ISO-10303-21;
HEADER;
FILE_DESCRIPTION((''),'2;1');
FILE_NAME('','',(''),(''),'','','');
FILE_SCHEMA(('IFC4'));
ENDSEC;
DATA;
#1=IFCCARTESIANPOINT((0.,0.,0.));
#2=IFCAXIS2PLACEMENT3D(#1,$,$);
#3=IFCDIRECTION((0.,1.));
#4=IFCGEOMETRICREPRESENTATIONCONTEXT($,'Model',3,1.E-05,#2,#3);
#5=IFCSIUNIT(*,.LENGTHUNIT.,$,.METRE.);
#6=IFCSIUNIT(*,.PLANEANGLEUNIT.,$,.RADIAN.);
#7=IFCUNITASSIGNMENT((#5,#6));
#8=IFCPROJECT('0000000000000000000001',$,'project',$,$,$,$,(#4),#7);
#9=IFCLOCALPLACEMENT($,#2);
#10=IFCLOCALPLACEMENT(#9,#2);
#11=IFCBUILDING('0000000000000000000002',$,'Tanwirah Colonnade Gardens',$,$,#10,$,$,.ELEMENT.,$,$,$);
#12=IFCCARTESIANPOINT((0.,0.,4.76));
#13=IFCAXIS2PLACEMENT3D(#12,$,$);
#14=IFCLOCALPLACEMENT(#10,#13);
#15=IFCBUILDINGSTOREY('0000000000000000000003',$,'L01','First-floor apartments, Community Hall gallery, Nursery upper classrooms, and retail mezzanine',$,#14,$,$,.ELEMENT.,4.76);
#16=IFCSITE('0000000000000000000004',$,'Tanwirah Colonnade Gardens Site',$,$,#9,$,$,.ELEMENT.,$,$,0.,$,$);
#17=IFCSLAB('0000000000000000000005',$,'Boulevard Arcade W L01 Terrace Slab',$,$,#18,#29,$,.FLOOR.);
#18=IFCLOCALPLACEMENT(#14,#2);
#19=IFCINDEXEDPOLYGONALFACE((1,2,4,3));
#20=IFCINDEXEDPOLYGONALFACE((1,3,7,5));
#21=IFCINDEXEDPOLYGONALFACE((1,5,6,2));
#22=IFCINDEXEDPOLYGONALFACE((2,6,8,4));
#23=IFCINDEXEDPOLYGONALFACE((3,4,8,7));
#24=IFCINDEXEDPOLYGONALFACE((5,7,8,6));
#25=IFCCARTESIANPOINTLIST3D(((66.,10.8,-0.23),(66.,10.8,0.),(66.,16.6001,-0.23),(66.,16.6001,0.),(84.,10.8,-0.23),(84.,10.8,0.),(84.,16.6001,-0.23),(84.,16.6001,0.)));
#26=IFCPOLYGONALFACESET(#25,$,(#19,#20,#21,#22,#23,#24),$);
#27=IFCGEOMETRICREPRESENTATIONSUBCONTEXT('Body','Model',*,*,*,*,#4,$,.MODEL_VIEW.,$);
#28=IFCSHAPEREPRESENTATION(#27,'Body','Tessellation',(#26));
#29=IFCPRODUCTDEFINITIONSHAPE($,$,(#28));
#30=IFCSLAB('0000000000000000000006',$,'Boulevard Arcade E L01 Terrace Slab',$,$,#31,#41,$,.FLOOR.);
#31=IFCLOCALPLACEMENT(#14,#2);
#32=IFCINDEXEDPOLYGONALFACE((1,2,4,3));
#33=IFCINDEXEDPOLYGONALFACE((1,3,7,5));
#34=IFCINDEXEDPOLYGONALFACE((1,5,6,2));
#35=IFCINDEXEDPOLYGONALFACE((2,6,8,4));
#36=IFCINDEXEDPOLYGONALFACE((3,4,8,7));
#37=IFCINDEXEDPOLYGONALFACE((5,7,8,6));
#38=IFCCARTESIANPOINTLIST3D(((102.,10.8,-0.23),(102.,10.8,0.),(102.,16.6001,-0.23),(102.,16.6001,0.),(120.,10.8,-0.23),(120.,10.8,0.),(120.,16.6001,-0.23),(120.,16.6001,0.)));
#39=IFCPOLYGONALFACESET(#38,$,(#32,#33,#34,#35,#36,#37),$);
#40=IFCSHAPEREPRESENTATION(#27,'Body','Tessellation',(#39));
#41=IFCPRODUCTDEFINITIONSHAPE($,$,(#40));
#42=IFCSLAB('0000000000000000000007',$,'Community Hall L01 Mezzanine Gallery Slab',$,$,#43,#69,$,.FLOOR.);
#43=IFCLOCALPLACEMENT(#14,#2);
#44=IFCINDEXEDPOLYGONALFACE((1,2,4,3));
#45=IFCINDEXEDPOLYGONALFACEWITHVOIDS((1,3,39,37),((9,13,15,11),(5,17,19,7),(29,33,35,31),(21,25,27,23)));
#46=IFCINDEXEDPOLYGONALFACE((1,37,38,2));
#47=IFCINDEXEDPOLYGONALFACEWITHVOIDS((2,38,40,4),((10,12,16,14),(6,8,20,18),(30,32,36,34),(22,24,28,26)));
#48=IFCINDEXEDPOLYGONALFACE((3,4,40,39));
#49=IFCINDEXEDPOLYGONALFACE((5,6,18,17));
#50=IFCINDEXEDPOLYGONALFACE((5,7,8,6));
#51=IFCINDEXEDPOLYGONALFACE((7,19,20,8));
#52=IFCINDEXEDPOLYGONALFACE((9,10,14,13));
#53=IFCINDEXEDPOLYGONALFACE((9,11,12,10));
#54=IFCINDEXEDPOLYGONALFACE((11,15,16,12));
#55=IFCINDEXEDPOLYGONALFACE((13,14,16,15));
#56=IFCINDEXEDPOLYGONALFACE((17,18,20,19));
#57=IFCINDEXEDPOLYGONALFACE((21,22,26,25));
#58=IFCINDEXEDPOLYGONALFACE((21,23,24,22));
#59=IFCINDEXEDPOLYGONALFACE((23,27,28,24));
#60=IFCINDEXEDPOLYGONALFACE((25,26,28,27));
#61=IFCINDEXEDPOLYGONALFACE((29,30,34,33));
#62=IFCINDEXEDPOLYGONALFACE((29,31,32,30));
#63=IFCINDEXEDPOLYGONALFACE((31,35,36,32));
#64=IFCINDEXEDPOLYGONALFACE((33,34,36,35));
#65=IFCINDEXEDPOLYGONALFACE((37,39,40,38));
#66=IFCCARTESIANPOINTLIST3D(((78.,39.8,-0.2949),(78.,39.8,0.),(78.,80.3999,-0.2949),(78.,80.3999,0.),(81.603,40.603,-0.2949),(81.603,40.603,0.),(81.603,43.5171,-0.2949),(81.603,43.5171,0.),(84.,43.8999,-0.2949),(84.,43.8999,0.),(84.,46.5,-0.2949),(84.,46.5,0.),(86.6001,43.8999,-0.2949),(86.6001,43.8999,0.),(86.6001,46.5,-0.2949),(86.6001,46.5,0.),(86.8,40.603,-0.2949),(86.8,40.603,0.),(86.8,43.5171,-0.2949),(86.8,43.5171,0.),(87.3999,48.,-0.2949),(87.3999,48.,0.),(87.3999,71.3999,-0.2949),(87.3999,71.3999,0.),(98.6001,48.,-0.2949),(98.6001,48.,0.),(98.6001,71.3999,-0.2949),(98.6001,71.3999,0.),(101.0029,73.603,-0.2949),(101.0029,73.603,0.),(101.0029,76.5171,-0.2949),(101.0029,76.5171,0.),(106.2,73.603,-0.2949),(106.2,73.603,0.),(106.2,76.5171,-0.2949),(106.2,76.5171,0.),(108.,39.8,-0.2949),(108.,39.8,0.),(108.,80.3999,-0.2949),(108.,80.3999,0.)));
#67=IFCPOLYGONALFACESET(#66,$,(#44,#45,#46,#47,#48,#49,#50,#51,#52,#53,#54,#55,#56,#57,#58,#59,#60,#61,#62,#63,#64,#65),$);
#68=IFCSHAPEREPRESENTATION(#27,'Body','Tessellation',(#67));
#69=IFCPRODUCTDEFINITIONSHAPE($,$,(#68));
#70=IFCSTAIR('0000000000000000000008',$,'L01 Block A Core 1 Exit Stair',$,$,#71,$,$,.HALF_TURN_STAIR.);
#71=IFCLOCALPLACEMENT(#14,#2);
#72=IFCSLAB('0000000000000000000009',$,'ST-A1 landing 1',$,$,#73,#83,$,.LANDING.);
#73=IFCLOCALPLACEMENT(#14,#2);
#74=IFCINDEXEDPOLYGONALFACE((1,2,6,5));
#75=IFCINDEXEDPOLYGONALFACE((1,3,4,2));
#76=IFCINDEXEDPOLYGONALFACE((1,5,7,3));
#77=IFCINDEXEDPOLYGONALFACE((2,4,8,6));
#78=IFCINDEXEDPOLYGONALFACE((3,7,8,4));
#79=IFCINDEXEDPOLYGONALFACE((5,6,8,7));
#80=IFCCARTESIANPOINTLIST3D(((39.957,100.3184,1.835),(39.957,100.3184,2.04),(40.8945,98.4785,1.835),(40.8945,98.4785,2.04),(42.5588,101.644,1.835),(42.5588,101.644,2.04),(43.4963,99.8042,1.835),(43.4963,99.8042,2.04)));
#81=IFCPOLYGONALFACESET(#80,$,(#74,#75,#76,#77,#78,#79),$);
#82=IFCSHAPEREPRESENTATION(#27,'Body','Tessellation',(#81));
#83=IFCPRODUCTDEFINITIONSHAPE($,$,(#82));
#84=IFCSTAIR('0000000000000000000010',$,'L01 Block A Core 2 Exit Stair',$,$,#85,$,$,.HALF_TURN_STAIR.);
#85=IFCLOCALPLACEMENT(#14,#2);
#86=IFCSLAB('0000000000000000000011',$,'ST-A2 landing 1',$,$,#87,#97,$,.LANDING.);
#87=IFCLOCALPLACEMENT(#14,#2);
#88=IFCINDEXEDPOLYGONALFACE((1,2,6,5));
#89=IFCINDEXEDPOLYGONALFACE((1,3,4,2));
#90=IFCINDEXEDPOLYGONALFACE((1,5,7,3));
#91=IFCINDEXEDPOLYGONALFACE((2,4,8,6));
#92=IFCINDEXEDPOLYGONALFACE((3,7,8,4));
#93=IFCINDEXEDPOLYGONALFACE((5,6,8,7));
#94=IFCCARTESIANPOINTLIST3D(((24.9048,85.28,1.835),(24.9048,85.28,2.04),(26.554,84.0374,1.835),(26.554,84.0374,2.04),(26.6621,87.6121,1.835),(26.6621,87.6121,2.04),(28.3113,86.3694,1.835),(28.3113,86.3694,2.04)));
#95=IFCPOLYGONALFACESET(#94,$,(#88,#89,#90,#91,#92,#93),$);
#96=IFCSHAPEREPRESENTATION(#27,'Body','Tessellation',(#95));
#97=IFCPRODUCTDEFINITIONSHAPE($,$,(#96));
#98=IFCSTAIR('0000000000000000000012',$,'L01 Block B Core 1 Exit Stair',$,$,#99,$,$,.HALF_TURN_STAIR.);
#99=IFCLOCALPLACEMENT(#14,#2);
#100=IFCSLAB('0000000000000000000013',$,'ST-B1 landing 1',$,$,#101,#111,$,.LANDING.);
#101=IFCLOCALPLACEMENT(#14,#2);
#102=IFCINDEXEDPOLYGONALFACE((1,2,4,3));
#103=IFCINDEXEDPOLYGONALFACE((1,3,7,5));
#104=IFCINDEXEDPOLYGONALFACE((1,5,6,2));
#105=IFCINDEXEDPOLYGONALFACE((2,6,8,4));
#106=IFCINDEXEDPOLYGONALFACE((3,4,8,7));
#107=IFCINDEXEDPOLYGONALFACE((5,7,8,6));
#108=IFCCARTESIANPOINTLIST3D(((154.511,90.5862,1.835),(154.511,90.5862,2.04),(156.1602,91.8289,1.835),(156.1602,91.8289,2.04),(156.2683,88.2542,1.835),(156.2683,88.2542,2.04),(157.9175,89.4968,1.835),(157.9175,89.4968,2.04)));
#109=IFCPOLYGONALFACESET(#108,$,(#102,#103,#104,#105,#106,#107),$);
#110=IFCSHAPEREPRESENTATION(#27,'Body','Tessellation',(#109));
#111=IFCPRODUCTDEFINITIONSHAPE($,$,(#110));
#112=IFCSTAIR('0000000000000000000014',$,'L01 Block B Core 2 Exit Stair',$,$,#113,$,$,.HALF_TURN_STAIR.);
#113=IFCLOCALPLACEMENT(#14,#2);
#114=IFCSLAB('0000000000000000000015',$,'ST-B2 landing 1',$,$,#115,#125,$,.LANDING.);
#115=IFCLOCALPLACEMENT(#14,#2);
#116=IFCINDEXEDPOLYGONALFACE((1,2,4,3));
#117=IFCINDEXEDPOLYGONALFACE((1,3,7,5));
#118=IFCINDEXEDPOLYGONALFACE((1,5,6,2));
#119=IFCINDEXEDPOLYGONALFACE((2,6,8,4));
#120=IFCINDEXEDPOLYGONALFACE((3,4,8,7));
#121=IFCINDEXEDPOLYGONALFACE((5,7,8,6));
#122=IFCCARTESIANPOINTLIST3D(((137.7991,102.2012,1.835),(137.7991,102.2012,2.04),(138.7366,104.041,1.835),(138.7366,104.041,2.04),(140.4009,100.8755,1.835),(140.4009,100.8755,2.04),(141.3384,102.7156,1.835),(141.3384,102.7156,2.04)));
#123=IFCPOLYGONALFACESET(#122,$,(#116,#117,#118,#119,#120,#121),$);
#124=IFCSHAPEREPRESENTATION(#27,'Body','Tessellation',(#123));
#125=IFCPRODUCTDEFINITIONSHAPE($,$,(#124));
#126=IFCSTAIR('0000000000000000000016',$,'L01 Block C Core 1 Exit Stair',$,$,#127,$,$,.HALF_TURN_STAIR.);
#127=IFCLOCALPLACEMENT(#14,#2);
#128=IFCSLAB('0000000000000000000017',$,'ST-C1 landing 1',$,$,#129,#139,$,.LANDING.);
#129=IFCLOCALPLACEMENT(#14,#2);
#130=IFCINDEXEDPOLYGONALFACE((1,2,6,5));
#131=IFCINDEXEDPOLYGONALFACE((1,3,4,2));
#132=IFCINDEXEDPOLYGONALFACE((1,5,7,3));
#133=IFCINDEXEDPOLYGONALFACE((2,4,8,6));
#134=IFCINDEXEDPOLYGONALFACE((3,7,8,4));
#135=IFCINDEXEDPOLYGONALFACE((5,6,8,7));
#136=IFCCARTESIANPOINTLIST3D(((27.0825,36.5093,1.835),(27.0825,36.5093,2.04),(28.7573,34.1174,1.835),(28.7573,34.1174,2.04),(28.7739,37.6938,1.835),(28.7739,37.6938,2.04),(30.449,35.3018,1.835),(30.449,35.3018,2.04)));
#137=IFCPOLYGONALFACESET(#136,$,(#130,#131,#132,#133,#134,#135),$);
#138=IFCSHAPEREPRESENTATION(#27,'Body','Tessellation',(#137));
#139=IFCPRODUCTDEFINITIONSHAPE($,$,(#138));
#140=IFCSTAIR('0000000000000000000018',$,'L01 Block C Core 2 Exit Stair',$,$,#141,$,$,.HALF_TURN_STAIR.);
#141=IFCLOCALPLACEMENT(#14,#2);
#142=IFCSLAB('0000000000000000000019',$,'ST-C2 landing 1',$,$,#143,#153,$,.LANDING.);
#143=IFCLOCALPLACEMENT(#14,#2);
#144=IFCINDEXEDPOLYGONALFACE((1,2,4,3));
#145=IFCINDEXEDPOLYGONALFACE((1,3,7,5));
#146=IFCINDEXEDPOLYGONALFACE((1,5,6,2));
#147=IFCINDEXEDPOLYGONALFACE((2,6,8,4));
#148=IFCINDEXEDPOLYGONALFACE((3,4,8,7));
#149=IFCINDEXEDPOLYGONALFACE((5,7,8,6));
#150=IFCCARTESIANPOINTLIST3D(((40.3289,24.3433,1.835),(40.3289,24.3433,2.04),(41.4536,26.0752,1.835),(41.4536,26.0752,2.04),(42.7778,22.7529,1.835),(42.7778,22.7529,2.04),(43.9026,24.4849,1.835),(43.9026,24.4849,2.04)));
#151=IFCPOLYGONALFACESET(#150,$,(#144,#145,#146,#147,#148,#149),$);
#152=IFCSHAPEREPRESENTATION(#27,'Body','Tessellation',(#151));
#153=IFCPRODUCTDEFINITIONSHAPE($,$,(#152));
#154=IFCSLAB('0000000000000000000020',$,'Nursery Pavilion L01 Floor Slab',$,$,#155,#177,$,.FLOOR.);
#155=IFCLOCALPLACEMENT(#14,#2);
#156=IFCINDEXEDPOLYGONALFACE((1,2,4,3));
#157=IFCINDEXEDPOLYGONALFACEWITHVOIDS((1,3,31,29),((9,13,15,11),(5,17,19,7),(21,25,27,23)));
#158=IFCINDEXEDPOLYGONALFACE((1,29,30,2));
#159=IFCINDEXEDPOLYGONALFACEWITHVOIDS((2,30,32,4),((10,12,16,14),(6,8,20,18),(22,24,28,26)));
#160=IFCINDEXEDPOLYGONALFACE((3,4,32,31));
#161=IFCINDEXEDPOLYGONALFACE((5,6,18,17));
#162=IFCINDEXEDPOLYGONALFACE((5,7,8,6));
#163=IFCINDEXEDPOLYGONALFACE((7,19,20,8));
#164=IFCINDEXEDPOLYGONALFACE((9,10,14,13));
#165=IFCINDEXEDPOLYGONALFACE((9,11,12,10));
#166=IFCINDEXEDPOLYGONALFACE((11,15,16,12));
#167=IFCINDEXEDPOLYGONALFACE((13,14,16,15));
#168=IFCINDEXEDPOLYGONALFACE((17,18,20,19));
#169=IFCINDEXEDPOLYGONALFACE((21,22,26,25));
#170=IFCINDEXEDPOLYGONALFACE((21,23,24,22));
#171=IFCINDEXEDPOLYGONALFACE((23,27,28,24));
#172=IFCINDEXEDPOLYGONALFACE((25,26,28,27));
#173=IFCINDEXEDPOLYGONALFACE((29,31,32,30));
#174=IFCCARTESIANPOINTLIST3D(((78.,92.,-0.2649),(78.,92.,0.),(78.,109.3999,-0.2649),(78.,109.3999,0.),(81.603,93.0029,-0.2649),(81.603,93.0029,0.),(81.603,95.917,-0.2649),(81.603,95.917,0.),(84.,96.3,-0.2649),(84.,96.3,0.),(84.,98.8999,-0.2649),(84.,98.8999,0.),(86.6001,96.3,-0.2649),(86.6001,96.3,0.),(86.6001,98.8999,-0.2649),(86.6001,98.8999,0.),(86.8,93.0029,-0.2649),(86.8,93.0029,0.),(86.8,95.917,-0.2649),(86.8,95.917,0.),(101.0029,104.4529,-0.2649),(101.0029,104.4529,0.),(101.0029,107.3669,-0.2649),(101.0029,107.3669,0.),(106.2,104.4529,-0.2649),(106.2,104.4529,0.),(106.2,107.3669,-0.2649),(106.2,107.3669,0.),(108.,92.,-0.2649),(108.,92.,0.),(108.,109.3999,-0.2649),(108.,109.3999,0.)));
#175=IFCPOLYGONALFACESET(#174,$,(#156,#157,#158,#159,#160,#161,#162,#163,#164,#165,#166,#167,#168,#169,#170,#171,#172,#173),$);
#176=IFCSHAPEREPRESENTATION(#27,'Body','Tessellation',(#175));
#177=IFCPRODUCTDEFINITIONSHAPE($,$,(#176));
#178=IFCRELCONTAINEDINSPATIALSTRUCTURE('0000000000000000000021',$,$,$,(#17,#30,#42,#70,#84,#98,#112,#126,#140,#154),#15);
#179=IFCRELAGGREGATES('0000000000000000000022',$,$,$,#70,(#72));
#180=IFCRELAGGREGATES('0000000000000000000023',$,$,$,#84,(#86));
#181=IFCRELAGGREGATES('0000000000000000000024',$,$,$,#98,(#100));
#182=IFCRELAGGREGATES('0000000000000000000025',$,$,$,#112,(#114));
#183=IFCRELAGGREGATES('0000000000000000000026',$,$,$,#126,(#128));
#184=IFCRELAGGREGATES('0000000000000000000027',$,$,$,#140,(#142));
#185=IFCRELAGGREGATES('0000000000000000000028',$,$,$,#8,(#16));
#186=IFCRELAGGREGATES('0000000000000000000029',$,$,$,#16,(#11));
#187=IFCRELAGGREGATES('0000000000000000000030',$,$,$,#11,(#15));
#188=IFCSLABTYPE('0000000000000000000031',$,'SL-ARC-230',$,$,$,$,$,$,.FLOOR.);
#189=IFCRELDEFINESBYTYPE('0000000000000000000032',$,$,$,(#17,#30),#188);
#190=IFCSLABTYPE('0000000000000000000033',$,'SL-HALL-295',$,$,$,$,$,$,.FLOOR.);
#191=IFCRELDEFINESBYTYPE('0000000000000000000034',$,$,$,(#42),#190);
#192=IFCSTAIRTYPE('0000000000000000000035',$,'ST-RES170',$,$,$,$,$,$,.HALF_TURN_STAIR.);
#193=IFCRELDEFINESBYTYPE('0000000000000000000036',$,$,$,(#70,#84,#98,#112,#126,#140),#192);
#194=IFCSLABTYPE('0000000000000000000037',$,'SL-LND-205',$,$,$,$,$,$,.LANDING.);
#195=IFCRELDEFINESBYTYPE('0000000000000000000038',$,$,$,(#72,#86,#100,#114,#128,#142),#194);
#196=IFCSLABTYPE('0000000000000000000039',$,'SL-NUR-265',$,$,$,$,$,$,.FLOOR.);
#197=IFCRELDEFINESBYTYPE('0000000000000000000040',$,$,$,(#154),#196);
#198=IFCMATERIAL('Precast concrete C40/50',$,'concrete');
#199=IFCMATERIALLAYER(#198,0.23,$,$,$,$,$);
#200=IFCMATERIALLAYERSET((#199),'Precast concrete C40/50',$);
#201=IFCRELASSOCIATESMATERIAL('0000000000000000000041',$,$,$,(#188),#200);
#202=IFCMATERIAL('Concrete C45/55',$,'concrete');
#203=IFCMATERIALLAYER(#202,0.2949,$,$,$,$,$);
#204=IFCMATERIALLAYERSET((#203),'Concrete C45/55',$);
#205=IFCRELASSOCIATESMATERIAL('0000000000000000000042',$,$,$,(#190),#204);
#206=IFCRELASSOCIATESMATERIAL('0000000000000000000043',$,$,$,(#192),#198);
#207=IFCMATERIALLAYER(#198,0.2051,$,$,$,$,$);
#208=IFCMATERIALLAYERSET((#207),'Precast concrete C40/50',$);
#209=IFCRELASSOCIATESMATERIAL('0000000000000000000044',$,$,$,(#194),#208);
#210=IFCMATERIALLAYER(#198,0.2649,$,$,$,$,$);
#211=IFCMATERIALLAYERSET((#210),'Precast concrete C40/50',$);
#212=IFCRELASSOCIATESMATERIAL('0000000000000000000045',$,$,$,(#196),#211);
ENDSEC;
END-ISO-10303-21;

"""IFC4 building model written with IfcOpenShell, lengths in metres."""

from ifc_helpers import new_model, si_unit, direction, frame, origin, place, context, subcontext, project, spatial, polyline, outline, extrude, material, layer, layer_set, type_object, element, aggregate, save


model = new_model("IFC4")

# Units and contexts
model_context = context("Model", 3, precision=1e-05, world=origin(), true_north=direction((0.0, 1.0)))
body_context = subcontext(model_context, "Body", "Model", "MODEL_VIEW")
ifc_project = project(units=[si_unit("LENGTHUNIT", "METRE"), si_unit("PLANEANGLEUNIT", "RADIAN")], contexts=[model_context])

# Site, building, storey
site_placement = place(None, origin())
site = spatial("IfcSite", under=ifc_project, at=site_placement, Name="Tanwirah Colonnade Gardens Site", CompositionType="ELEMENT", RefElevation=0.0)
building_placement = place(site_placement, origin())
building = spatial("IfcBuilding", under=site, at=building_placement, Name="Tanwirah Colonnade Gardens", CompositionType="ELEMENT")
storey_placement = place(building_placement, frame((0.0, 0.0, 4.76)))
storey = spatial("IfcBuildingStorey", under=building, at=storey_placement, Name="L01", Description="First-floor apartments, Community Hall gallery, Nursery upper classrooms, and retail mezzanine", CompositionType="ELEMENT", Elevation=4.76)

# Slabs
ifc_material_1 = material(Name="Precast concrete C40/50", Category="concrete")
ifc_layer_1 = layer(ifc_material_1, 0.23)
ifc_layer_set_1 = layer_set([ifc_layer_1], Name="Precast concrete C40/50")
slab_type_1 = type_object("IfcSlabType", Name="SL-ARC-230", PredefinedType="FLOOR", material=ifc_layer_set_1)
slab_1_placement = place(storey_placement, frame((0.0, 0.0, -0.23)))
element("IfcSlab", 1, at=slab_1_placement, inside=storey, type_object=slab_type_1, Name="Boulevard Arcade W L01 Terrace Slab", PredefinedType="FLOOR", context=body_context, shape_type="SweptSolid", body=[
    extrude(outline(polyline([(84.0, 10.8), (84.0, 16.6001), (66.0, 16.6001), (66.0, 10.8), (84.0, 10.8)])), origin(), (0.0, 0.0, 1.0), 0.23),
])
slab_2_placement = place(storey_placement, frame((0.0, 0.0, -0.23)))
element("IfcSlab", 2, at=slab_2_placement, inside=storey, type_object=slab_type_1, Name="Boulevard Arcade E L01 Terrace Slab", PredefinedType="FLOOR", context=body_context, shape_type="SweptSolid", body=[
    extrude(outline(polyline([(120.0, 10.8), (120.0, 16.6001), (102.0, 16.6001), (102.0, 10.8), (120.0, 10.8)])), origin(), (0.0, 0.0, 1.0), 0.23),
])
ifc_material_2 = material(Name="Concrete C45/55", Category="concrete")
ifc_layer_2 = layer(ifc_material_2, 0.2949)
ifc_layer_set_2 = layer_set([ifc_layer_2], Name="Concrete C45/55")
slab_type_2 = type_object("IfcSlabType", Name="SL-HALL-295", PredefinedType="FLOOR", material=ifc_layer_set_2)
slab_3_placement = place(storey_placement, frame((0.0, 0.0, -0.2949)))
element("IfcSlab", 3, at=slab_3_placement, inside=storey, type_object=slab_type_2, Name="Community Hall L01 Mezzanine Gallery Slab", PredefinedType="FLOOR", context=body_context, shape_type="SweptSolid", body=[
    extrude(outline(polyline([(108.0, 80.3999), (78.0, 80.3999), (78.0, 39.8), (108.0, 39.8), (108.0, 80.3999)]), holes=[polyline([(87.3999, 48.0), (87.3999, 71.3999), (98.6001, 71.3999), (98.6001, 48.0), (87.3999, 48.0)]), polyline([(86.8, 43.5171), (86.8, 40.603), (81.603, 40.603), (81.603, 43.5171), (86.8, 43.5171)]), polyline([(86.6001, 43.8999), (84.0, 43.8999), (84.0, 46.5), (86.6001, 46.5), (86.6001, 43.8999)]), polyline([(101.0029, 73.603), (101.0029, 76.5171), (106.2, 76.5171), (106.2, 73.603), (101.0029, 73.603)])]), origin(), (0.0, 0.0, 1.0), 0.2949),
])

# Stairs, slabs
stair_type = type_object("IfcStairType", Name="ST-RES170", PredefinedType="HALF_TURN_STAIR", material=ifc_material_1)
stair_1_placement = place(storey_placement, origin())
stair_1 = element("IfcStair", 4, at=stair_1_placement, inside=storey, type_object=stair_type, Name="L01 Block A Core 1 Exit Stair", PredefinedType="HALF_TURN_STAIR")
ifc_layer_3 = layer(ifc_material_1, 0.2051)
ifc_layer_set_3 = layer_set([ifc_layer_3], Name="Precast concrete C40/50")
slab_type_3 = type_object("IfcSlabType", Name="SL-LND-205", PredefinedType="LANDING", material=ifc_layer_set_3)
slab_4_placement = place(storey_placement, frame((0.0, 0.0, 1.835)))
slab_4 = element("IfcSlab", 5, at=slab_4_placement, type_object=slab_type_3, Name="ST-A1 landing 1", PredefinedType="LANDING", context=body_context, shape_type="SweptSolid", body=[
    extrude(outline(polyline([(39.957, 100.3184), (40.8945, 98.4785), (43.4963, 99.8042), (42.5588, 101.644), (39.957, 100.3184)])), origin(), (0.0, 0.0, 1.0), 0.2051),
])
aggregate(stair_1, [slab_4])
stair_2_placement = place(storey_placement, origin())
stair_2 = element("IfcStair", 6, at=stair_2_placement, inside=storey, type_object=stair_type, Name="L01 Block A Core 2 Exit Stair", PredefinedType="HALF_TURN_STAIR")
slab_5_placement = place(storey_placement, frame((0.0, 0.0, 1.835)))
slab_5 = element("IfcSlab", 7, at=slab_5_placement, type_object=slab_type_3, Name="ST-A2 landing 1", PredefinedType="LANDING", context=body_context, shape_type="SweptSolid", body=[
    extrude(outline(polyline([(24.9048, 85.28), (26.554, 84.0374), (28.3113, 86.3694), (26.6621, 87.6121), (24.9048, 85.28)])), origin(), (0.0, 0.0, 1.0), 0.2051),
])
aggregate(stair_2, [slab_5])
stair_3_placement = place(storey_placement, origin())
stair_3 = element("IfcStair", 8, at=stair_3_placement, inside=storey, type_object=stair_type, Name="L01 Block B Core 1 Exit Stair", PredefinedType="HALF_TURN_STAIR")
slab_6_placement = place(storey_placement, frame((0.0, 0.0, 1.835)))
slab_6 = element("IfcSlab", 9, at=slab_6_placement, type_object=slab_type_3, Name="ST-B1 landing 1", PredefinedType="LANDING", context=body_context, shape_type="SweptSolid", body=[
    extrude(outline(polyline([(156.1602, 91.8289), (154.511, 90.5862), (156.2683, 88.2542), (157.9175, 89.4968), (156.1602, 91.8289)])), origin(), (0.0, 0.0, 1.0), 0.2051),
])
aggregate(stair_3, [slab_6])
stair_4_placement = place(storey_placement, origin())
stair_4 = element("IfcStair", 10, at=stair_4_placement, inside=storey, type_object=stair_type, Name="L01 Block B Core 2 Exit Stair", PredefinedType="HALF_TURN_STAIR")
slab_7_placement = place(storey_placement, frame((0.0, 0.0, 1.835)))
slab_7 = element("IfcSlab", 11, at=slab_7_placement, type_object=slab_type_3, Name="ST-B2 landing 1", PredefinedType="LANDING", context=body_context, shape_type="SweptSolid", body=[
    extrude(outline(polyline([(138.7366, 104.041), (137.7991, 102.2012), (140.4009, 100.8755), (141.3384, 102.7156), (138.7366, 104.041)])), origin(), (0.0, 0.0, 1.0), 0.2051),
])
aggregate(stair_4, [slab_7])
stair_5_placement = place(storey_placement, origin())
stair_5 = element("IfcStair", 12, at=stair_5_placement, inside=storey, type_object=stair_type, Name="L01 Block C Core 1 Exit Stair", PredefinedType="HALF_TURN_STAIR")
slab_8_placement = place(storey_placement, frame((0.0, 0.0, 1.835)))
slab_8 = element("IfcSlab", 13, at=slab_8_placement, type_object=slab_type_3, Name="ST-C1 landing 1", PredefinedType="LANDING", context=body_context, shape_type="SweptSolid", body=[
    extrude(outline(polyline([(28.7573, 34.1174), (30.449, 35.3018), (28.7739, 37.6938), (27.0825, 36.5093), (28.7573, 34.1174)])), origin(), (0.0, 0.0, 1.0), 0.2051),
])
aggregate(stair_5, [slab_8])
stair_6_placement = place(storey_placement, origin())
stair_6 = element("IfcStair", 14, at=stair_6_placement, inside=storey, type_object=stair_type, Name="L01 Block C Core 2 Exit Stair", PredefinedType="HALF_TURN_STAIR")
slab_9_placement = place(storey_placement, frame((0.0, 0.0, 1.835)))
slab_9 = element("IfcSlab", 15, at=slab_9_placement, type_object=slab_type_3, Name="ST-C2 landing 1", PredefinedType="LANDING", context=body_context, shape_type="SweptSolid", body=[
    extrude(outline(polyline([(42.7778, 22.7529), (43.9026, 24.4849), (41.4536, 26.0752), (40.3289, 24.3433), (42.7778, 22.7529)])), origin(), (0.0, 0.0, 1.0), 0.2051),
])
aggregate(stair_6, [slab_9])

# Slab
ifc_layer_4 = layer(ifc_material_1, 0.2649)
ifc_layer_set_4 = layer_set([ifc_layer_4], Name="Precast concrete C40/50")
slab_type_4 = type_object("IfcSlabType", Name="SL-NUR-265", PredefinedType="FLOOR", material=ifc_layer_set_4)
slab_10_placement = place(storey_placement, frame((0.0, 0.0, -0.2649)))
element("IfcSlab", 16, at=slab_10_placement, inside=storey, type_object=slab_type_4, Name="Nursery Pavilion L01 Floor Slab", PredefinedType="FLOOR", context=body_context, shape_type="SweptSolid", body=[
    extrude(outline(polyline([(78.0, 109.3999), (78.0, 92.0), (108.0, 92.0), (108.0, 109.3999), (78.0, 109.3999)]), holes=[polyline([(86.8, 95.917), (86.8, 93.0029), (81.603, 93.0029), (81.603, 95.917), (86.8, 95.917)]), polyline([(86.6001, 96.3), (84.0, 96.3), (84.0, 98.8999), (86.6001, 98.8999), (86.6001, 96.3)]), polyline([(101.0029, 104.4529), (101.0029, 107.3669), (106.2, 107.3669), (106.2, 104.4529), (101.0029, 104.4529)])]), origin(), (0.0, 0.0, 1.0), 0.2649),
])

save(model, "model.ifc")
